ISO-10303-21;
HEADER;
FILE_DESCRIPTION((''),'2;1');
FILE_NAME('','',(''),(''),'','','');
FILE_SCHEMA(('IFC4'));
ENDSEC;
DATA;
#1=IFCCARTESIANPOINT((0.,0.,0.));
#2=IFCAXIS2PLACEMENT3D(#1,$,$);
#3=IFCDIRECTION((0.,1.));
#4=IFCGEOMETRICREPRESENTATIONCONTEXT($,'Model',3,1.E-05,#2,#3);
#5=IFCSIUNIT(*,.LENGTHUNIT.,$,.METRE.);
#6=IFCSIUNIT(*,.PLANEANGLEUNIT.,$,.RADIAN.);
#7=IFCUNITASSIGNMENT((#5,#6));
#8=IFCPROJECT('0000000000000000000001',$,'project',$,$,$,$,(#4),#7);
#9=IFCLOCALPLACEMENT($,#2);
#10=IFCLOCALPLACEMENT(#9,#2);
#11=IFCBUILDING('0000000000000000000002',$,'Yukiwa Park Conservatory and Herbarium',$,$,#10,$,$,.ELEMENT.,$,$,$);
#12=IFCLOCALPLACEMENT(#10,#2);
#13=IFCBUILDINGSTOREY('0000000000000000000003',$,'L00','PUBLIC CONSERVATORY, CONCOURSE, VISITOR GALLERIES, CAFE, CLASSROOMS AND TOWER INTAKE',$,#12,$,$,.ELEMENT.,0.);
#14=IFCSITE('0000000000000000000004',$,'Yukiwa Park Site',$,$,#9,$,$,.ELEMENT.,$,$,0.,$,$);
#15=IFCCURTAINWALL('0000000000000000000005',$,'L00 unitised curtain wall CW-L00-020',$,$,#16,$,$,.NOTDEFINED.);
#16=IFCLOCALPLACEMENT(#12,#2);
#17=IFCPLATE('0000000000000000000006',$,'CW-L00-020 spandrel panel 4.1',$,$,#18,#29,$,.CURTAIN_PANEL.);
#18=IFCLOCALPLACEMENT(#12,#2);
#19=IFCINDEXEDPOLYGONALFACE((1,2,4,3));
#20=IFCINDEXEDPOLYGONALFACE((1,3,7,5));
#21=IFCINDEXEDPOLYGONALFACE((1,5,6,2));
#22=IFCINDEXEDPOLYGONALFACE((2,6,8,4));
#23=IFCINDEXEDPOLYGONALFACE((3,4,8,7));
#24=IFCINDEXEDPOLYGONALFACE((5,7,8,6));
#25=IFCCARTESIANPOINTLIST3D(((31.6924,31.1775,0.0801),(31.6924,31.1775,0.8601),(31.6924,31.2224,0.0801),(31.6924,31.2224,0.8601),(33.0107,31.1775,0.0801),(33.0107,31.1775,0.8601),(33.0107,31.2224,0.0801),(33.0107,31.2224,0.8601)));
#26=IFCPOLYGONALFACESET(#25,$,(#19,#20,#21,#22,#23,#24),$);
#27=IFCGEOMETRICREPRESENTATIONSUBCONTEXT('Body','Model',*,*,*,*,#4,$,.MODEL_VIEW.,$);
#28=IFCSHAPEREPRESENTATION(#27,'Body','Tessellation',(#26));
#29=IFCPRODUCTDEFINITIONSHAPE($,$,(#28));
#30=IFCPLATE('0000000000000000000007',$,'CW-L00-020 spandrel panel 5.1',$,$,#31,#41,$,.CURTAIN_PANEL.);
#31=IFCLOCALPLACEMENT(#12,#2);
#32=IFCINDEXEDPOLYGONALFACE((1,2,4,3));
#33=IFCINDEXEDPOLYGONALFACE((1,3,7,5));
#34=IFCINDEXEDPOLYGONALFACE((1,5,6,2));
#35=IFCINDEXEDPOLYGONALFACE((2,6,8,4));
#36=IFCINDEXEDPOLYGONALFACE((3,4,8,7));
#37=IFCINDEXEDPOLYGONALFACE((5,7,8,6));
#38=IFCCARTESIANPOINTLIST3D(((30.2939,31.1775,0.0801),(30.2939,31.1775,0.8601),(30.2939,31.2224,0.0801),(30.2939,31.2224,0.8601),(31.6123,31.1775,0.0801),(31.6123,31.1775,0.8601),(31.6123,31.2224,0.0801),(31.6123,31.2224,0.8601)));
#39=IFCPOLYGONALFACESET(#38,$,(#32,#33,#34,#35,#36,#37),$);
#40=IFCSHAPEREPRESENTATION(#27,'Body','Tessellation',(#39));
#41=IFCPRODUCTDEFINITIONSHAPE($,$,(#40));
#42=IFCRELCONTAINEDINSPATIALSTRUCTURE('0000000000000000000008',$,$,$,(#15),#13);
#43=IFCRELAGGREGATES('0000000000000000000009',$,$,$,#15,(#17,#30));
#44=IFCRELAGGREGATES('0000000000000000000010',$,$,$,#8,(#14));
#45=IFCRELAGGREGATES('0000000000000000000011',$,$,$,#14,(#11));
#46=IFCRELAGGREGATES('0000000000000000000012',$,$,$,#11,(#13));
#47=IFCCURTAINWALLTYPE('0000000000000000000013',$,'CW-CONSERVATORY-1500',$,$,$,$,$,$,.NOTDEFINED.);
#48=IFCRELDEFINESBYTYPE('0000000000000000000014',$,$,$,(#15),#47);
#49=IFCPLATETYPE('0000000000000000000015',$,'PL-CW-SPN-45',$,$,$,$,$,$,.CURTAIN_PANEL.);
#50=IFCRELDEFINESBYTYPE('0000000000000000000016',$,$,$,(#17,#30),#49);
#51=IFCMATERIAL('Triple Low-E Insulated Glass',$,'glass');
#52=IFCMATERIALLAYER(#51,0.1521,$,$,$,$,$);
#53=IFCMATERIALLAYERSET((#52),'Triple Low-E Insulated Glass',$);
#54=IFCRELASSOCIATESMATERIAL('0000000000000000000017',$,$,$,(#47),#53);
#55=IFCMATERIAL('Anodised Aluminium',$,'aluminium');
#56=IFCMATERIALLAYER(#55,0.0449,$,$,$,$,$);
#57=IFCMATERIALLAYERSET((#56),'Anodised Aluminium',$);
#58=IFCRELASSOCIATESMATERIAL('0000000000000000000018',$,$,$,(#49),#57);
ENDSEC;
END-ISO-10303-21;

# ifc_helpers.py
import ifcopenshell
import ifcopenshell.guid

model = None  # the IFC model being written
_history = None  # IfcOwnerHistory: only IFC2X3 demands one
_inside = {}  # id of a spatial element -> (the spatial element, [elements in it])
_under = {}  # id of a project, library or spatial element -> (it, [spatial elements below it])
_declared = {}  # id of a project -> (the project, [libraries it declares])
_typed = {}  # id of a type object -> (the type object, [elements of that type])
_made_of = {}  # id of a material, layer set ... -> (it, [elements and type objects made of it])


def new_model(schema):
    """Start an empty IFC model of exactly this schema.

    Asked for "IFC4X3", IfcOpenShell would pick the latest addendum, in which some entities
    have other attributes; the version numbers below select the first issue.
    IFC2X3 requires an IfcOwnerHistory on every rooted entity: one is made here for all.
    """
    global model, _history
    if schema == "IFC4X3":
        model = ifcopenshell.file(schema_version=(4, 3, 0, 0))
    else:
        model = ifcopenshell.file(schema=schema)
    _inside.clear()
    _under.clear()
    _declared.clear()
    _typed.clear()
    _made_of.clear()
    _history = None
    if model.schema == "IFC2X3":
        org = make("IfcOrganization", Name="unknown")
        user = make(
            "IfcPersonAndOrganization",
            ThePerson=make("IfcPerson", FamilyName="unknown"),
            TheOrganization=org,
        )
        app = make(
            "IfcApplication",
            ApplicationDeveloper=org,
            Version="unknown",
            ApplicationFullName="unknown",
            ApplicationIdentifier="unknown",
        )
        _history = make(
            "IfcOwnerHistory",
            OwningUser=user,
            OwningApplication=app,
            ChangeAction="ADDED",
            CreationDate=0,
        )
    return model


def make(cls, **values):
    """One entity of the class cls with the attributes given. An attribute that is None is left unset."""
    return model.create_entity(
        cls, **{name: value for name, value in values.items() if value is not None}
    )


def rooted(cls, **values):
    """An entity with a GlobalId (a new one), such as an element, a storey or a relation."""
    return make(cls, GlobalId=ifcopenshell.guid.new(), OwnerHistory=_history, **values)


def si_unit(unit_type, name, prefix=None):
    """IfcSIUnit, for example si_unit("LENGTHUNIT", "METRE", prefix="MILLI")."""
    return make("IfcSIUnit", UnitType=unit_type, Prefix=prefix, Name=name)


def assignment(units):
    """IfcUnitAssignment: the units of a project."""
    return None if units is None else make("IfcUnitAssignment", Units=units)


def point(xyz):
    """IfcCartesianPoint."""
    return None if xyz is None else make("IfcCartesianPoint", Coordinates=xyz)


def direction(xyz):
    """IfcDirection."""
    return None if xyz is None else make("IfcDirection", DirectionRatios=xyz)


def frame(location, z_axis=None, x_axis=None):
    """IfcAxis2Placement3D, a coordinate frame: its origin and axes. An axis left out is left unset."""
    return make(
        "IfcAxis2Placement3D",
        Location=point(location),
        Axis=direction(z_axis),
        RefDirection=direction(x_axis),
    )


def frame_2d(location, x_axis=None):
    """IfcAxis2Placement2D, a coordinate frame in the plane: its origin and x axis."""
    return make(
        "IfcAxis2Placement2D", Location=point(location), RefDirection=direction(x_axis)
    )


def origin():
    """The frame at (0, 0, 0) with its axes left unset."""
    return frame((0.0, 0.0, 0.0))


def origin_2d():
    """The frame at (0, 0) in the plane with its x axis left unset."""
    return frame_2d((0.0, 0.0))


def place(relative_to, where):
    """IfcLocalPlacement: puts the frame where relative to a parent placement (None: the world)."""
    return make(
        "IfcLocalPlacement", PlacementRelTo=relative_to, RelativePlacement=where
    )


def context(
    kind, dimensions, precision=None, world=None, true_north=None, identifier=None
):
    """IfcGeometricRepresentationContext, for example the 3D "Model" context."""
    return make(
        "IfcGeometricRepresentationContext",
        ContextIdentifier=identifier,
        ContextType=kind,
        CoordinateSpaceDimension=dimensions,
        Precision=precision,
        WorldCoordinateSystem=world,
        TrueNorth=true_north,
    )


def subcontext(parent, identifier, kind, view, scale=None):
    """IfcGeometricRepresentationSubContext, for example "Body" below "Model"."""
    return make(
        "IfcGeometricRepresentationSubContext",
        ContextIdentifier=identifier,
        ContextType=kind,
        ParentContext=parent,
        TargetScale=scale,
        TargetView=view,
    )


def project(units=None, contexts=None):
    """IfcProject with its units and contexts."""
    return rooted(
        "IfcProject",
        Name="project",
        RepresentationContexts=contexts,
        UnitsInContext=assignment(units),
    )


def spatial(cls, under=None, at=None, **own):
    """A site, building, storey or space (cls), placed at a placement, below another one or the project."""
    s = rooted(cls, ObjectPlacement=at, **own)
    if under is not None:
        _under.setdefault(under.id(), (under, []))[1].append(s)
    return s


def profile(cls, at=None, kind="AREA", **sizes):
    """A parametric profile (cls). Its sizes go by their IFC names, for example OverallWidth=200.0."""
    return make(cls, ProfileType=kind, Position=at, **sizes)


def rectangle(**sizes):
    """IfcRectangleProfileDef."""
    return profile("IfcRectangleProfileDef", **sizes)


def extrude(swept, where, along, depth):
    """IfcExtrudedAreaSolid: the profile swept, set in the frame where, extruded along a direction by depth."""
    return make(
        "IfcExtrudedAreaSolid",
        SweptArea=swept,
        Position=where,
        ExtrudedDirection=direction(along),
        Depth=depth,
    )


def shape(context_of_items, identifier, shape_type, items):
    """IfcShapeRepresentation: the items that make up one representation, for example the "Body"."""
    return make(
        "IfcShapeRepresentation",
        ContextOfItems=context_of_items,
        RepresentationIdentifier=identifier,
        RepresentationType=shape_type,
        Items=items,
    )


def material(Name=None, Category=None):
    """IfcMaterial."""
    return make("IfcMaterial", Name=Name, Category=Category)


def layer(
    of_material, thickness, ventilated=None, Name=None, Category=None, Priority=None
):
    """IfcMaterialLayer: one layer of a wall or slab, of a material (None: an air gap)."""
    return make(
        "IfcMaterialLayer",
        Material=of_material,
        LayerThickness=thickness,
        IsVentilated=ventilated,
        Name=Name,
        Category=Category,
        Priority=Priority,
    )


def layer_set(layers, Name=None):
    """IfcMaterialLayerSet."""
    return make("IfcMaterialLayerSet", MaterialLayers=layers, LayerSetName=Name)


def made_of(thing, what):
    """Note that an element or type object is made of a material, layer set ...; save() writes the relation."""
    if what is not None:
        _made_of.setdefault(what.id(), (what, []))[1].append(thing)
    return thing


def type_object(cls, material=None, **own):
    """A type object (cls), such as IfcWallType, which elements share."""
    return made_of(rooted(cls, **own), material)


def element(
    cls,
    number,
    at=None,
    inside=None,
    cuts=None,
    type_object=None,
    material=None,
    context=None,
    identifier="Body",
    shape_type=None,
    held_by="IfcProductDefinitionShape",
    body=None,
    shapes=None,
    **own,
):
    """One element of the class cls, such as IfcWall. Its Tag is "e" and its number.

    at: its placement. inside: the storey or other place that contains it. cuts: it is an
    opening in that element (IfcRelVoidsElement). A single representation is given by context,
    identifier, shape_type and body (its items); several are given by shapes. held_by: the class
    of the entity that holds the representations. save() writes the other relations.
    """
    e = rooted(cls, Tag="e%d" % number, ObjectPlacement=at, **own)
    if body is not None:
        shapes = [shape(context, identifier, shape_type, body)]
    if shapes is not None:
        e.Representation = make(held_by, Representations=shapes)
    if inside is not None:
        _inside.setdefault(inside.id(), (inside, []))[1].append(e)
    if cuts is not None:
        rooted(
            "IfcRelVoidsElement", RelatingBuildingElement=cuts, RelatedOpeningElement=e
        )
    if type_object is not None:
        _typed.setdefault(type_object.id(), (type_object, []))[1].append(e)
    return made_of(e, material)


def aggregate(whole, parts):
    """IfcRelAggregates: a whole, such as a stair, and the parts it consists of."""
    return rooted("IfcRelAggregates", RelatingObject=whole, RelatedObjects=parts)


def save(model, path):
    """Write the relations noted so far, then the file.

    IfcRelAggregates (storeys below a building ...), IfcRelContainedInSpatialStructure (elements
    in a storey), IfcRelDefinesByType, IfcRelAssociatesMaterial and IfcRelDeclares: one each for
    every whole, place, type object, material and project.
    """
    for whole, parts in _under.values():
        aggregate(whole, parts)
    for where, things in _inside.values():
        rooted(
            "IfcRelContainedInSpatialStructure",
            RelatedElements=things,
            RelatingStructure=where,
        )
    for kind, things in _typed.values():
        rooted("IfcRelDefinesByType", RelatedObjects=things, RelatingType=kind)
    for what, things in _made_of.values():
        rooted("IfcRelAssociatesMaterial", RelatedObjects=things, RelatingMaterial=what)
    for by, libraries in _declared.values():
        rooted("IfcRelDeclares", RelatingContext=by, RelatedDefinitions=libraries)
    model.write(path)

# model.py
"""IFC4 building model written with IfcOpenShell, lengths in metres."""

from ifc_helpers import new_model, si_unit, direction, frame, origin, origin_2d, place, context, subcontext, project, spatial, rectangle, extrude, material, layer, layer_set, type_object, element, aggregate, save


model = new_model("IFC4")

# Units and contexts
model_context = context("Model", 3, precision=1e-05, world=origin(), true_north=direction((0.0, 1.0)))
body_context = subcontext(model_context, "Body", "Model", "MODEL_VIEW")
ifc_project = project(units=[si_unit("LENGTHUNIT", "METRE"), si_unit("PLANEANGLEUNIT", "RADIAN")], contexts=[model_context])

# Site, building, storey
site_placement = place(None, origin())
site = spatial("IfcSite", under=ifc_project, at=site_placement, Name="Yukiwa Park Site", CompositionType="ELEMENT", RefElevation=0.0)
building_placement = place(site_placement, origin())
building = spatial("IfcBuilding", under=site, at=building_placement, Name="Yukiwa Park Conservatory and Herbarium", CompositionType="ELEMENT")
storey_placement = place(building_placement, origin())
storey = spatial("IfcBuildingStorey", under=building, at=storey_placement, Name="L00", Description="PUBLIC CONSERVATORY, CONCOURSE, VISITOR GALLERIES, CAFE, CLASSROOMS AND TOWER INTAKE", CompositionType="ELEMENT", Elevation=0.0)

# Curtain wall, plates
ifc_material_1 = material(Name="Triple Low-E Insulated Glass", Category="glass")
ifc_layer_1 = layer(ifc_material_1, 0.1521)
ifc_layer_set_1 = layer_set([ifc_layer_1], Name="Triple Low-E Insulated Glass")
curtain_wall_type = type_object("IfcCurtainWallType", Name="CW-CONSERVATORY-1500", PredefinedType="NOTDEFINED", material=ifc_layer_set_1)
curtain_wall_placement = place(storey_placement, origin())
curtain_wall = element("IfcCurtainWall", 1, at=curtain_wall_placement, inside=storey, type_object=curtain_wall_type, Name="L00 unitised curtain wall CW-L00-020", PredefinedType="NOTDEFINED")
ifc_material_2 = material(Name="Anodised Aluminium", Category="aluminium")
ifc_layer_2 = layer(ifc_material_2, 0.0449)
ifc_layer_set_2 = layer_set([ifc_layer_2], Name="Anodised Aluminium")
plate_type_1 = type_object("IfcPlateType", Name="PL-CW-SPN-45", PredefinedType="CURTAIN_PANEL", material=ifc_layer_set_2)
plate_1_placement = place(storey_placement, frame((32.3516, 31.2, 0.0801), z_axis=(0.0, 0.0, 1.0), x_axis=(-1.0, 0.0, 0.0)))
plate_1 = element("IfcPlate", 2, at=plate_1_placement, type_object=plate_type_1, Name="CW-L00-020 spandrel panel 4.1", PredefinedType="CURTAIN_PANEL", context=body_context, shape_type="SweptSolid", body=[
    extrude(rectangle(XDim=1.3184, YDim=0.0449, at=origin_2d()), origin(), (0.0, 0.0, 1.0), 0.78),
])
plate_2_placement = place(storey_placement, frame((30.9531, 31.2, 0.0801), z_axis=(0.0, 0.0, 1.0), x_axis=(-1.0, 0.0, 0.0)))
plate_2 = element("IfcPlate", 3, at=plate_2_placement, type_object=plate_type_1, Name="CW-L00-020 spandrel panel 5.1", PredefinedType="CURTAIN_PANEL", context=body_context, shape_type="SweptSolid", body=[
    extrude(rectangle(XDim=1.3184, YDim=0.0449, at=origin_2d()), origin(), (0.0, 0.0, 1.0), 0.78),
])
aggregate(curtain_wall, [plate_1, plate_2])

save(model, "model.ifc")
